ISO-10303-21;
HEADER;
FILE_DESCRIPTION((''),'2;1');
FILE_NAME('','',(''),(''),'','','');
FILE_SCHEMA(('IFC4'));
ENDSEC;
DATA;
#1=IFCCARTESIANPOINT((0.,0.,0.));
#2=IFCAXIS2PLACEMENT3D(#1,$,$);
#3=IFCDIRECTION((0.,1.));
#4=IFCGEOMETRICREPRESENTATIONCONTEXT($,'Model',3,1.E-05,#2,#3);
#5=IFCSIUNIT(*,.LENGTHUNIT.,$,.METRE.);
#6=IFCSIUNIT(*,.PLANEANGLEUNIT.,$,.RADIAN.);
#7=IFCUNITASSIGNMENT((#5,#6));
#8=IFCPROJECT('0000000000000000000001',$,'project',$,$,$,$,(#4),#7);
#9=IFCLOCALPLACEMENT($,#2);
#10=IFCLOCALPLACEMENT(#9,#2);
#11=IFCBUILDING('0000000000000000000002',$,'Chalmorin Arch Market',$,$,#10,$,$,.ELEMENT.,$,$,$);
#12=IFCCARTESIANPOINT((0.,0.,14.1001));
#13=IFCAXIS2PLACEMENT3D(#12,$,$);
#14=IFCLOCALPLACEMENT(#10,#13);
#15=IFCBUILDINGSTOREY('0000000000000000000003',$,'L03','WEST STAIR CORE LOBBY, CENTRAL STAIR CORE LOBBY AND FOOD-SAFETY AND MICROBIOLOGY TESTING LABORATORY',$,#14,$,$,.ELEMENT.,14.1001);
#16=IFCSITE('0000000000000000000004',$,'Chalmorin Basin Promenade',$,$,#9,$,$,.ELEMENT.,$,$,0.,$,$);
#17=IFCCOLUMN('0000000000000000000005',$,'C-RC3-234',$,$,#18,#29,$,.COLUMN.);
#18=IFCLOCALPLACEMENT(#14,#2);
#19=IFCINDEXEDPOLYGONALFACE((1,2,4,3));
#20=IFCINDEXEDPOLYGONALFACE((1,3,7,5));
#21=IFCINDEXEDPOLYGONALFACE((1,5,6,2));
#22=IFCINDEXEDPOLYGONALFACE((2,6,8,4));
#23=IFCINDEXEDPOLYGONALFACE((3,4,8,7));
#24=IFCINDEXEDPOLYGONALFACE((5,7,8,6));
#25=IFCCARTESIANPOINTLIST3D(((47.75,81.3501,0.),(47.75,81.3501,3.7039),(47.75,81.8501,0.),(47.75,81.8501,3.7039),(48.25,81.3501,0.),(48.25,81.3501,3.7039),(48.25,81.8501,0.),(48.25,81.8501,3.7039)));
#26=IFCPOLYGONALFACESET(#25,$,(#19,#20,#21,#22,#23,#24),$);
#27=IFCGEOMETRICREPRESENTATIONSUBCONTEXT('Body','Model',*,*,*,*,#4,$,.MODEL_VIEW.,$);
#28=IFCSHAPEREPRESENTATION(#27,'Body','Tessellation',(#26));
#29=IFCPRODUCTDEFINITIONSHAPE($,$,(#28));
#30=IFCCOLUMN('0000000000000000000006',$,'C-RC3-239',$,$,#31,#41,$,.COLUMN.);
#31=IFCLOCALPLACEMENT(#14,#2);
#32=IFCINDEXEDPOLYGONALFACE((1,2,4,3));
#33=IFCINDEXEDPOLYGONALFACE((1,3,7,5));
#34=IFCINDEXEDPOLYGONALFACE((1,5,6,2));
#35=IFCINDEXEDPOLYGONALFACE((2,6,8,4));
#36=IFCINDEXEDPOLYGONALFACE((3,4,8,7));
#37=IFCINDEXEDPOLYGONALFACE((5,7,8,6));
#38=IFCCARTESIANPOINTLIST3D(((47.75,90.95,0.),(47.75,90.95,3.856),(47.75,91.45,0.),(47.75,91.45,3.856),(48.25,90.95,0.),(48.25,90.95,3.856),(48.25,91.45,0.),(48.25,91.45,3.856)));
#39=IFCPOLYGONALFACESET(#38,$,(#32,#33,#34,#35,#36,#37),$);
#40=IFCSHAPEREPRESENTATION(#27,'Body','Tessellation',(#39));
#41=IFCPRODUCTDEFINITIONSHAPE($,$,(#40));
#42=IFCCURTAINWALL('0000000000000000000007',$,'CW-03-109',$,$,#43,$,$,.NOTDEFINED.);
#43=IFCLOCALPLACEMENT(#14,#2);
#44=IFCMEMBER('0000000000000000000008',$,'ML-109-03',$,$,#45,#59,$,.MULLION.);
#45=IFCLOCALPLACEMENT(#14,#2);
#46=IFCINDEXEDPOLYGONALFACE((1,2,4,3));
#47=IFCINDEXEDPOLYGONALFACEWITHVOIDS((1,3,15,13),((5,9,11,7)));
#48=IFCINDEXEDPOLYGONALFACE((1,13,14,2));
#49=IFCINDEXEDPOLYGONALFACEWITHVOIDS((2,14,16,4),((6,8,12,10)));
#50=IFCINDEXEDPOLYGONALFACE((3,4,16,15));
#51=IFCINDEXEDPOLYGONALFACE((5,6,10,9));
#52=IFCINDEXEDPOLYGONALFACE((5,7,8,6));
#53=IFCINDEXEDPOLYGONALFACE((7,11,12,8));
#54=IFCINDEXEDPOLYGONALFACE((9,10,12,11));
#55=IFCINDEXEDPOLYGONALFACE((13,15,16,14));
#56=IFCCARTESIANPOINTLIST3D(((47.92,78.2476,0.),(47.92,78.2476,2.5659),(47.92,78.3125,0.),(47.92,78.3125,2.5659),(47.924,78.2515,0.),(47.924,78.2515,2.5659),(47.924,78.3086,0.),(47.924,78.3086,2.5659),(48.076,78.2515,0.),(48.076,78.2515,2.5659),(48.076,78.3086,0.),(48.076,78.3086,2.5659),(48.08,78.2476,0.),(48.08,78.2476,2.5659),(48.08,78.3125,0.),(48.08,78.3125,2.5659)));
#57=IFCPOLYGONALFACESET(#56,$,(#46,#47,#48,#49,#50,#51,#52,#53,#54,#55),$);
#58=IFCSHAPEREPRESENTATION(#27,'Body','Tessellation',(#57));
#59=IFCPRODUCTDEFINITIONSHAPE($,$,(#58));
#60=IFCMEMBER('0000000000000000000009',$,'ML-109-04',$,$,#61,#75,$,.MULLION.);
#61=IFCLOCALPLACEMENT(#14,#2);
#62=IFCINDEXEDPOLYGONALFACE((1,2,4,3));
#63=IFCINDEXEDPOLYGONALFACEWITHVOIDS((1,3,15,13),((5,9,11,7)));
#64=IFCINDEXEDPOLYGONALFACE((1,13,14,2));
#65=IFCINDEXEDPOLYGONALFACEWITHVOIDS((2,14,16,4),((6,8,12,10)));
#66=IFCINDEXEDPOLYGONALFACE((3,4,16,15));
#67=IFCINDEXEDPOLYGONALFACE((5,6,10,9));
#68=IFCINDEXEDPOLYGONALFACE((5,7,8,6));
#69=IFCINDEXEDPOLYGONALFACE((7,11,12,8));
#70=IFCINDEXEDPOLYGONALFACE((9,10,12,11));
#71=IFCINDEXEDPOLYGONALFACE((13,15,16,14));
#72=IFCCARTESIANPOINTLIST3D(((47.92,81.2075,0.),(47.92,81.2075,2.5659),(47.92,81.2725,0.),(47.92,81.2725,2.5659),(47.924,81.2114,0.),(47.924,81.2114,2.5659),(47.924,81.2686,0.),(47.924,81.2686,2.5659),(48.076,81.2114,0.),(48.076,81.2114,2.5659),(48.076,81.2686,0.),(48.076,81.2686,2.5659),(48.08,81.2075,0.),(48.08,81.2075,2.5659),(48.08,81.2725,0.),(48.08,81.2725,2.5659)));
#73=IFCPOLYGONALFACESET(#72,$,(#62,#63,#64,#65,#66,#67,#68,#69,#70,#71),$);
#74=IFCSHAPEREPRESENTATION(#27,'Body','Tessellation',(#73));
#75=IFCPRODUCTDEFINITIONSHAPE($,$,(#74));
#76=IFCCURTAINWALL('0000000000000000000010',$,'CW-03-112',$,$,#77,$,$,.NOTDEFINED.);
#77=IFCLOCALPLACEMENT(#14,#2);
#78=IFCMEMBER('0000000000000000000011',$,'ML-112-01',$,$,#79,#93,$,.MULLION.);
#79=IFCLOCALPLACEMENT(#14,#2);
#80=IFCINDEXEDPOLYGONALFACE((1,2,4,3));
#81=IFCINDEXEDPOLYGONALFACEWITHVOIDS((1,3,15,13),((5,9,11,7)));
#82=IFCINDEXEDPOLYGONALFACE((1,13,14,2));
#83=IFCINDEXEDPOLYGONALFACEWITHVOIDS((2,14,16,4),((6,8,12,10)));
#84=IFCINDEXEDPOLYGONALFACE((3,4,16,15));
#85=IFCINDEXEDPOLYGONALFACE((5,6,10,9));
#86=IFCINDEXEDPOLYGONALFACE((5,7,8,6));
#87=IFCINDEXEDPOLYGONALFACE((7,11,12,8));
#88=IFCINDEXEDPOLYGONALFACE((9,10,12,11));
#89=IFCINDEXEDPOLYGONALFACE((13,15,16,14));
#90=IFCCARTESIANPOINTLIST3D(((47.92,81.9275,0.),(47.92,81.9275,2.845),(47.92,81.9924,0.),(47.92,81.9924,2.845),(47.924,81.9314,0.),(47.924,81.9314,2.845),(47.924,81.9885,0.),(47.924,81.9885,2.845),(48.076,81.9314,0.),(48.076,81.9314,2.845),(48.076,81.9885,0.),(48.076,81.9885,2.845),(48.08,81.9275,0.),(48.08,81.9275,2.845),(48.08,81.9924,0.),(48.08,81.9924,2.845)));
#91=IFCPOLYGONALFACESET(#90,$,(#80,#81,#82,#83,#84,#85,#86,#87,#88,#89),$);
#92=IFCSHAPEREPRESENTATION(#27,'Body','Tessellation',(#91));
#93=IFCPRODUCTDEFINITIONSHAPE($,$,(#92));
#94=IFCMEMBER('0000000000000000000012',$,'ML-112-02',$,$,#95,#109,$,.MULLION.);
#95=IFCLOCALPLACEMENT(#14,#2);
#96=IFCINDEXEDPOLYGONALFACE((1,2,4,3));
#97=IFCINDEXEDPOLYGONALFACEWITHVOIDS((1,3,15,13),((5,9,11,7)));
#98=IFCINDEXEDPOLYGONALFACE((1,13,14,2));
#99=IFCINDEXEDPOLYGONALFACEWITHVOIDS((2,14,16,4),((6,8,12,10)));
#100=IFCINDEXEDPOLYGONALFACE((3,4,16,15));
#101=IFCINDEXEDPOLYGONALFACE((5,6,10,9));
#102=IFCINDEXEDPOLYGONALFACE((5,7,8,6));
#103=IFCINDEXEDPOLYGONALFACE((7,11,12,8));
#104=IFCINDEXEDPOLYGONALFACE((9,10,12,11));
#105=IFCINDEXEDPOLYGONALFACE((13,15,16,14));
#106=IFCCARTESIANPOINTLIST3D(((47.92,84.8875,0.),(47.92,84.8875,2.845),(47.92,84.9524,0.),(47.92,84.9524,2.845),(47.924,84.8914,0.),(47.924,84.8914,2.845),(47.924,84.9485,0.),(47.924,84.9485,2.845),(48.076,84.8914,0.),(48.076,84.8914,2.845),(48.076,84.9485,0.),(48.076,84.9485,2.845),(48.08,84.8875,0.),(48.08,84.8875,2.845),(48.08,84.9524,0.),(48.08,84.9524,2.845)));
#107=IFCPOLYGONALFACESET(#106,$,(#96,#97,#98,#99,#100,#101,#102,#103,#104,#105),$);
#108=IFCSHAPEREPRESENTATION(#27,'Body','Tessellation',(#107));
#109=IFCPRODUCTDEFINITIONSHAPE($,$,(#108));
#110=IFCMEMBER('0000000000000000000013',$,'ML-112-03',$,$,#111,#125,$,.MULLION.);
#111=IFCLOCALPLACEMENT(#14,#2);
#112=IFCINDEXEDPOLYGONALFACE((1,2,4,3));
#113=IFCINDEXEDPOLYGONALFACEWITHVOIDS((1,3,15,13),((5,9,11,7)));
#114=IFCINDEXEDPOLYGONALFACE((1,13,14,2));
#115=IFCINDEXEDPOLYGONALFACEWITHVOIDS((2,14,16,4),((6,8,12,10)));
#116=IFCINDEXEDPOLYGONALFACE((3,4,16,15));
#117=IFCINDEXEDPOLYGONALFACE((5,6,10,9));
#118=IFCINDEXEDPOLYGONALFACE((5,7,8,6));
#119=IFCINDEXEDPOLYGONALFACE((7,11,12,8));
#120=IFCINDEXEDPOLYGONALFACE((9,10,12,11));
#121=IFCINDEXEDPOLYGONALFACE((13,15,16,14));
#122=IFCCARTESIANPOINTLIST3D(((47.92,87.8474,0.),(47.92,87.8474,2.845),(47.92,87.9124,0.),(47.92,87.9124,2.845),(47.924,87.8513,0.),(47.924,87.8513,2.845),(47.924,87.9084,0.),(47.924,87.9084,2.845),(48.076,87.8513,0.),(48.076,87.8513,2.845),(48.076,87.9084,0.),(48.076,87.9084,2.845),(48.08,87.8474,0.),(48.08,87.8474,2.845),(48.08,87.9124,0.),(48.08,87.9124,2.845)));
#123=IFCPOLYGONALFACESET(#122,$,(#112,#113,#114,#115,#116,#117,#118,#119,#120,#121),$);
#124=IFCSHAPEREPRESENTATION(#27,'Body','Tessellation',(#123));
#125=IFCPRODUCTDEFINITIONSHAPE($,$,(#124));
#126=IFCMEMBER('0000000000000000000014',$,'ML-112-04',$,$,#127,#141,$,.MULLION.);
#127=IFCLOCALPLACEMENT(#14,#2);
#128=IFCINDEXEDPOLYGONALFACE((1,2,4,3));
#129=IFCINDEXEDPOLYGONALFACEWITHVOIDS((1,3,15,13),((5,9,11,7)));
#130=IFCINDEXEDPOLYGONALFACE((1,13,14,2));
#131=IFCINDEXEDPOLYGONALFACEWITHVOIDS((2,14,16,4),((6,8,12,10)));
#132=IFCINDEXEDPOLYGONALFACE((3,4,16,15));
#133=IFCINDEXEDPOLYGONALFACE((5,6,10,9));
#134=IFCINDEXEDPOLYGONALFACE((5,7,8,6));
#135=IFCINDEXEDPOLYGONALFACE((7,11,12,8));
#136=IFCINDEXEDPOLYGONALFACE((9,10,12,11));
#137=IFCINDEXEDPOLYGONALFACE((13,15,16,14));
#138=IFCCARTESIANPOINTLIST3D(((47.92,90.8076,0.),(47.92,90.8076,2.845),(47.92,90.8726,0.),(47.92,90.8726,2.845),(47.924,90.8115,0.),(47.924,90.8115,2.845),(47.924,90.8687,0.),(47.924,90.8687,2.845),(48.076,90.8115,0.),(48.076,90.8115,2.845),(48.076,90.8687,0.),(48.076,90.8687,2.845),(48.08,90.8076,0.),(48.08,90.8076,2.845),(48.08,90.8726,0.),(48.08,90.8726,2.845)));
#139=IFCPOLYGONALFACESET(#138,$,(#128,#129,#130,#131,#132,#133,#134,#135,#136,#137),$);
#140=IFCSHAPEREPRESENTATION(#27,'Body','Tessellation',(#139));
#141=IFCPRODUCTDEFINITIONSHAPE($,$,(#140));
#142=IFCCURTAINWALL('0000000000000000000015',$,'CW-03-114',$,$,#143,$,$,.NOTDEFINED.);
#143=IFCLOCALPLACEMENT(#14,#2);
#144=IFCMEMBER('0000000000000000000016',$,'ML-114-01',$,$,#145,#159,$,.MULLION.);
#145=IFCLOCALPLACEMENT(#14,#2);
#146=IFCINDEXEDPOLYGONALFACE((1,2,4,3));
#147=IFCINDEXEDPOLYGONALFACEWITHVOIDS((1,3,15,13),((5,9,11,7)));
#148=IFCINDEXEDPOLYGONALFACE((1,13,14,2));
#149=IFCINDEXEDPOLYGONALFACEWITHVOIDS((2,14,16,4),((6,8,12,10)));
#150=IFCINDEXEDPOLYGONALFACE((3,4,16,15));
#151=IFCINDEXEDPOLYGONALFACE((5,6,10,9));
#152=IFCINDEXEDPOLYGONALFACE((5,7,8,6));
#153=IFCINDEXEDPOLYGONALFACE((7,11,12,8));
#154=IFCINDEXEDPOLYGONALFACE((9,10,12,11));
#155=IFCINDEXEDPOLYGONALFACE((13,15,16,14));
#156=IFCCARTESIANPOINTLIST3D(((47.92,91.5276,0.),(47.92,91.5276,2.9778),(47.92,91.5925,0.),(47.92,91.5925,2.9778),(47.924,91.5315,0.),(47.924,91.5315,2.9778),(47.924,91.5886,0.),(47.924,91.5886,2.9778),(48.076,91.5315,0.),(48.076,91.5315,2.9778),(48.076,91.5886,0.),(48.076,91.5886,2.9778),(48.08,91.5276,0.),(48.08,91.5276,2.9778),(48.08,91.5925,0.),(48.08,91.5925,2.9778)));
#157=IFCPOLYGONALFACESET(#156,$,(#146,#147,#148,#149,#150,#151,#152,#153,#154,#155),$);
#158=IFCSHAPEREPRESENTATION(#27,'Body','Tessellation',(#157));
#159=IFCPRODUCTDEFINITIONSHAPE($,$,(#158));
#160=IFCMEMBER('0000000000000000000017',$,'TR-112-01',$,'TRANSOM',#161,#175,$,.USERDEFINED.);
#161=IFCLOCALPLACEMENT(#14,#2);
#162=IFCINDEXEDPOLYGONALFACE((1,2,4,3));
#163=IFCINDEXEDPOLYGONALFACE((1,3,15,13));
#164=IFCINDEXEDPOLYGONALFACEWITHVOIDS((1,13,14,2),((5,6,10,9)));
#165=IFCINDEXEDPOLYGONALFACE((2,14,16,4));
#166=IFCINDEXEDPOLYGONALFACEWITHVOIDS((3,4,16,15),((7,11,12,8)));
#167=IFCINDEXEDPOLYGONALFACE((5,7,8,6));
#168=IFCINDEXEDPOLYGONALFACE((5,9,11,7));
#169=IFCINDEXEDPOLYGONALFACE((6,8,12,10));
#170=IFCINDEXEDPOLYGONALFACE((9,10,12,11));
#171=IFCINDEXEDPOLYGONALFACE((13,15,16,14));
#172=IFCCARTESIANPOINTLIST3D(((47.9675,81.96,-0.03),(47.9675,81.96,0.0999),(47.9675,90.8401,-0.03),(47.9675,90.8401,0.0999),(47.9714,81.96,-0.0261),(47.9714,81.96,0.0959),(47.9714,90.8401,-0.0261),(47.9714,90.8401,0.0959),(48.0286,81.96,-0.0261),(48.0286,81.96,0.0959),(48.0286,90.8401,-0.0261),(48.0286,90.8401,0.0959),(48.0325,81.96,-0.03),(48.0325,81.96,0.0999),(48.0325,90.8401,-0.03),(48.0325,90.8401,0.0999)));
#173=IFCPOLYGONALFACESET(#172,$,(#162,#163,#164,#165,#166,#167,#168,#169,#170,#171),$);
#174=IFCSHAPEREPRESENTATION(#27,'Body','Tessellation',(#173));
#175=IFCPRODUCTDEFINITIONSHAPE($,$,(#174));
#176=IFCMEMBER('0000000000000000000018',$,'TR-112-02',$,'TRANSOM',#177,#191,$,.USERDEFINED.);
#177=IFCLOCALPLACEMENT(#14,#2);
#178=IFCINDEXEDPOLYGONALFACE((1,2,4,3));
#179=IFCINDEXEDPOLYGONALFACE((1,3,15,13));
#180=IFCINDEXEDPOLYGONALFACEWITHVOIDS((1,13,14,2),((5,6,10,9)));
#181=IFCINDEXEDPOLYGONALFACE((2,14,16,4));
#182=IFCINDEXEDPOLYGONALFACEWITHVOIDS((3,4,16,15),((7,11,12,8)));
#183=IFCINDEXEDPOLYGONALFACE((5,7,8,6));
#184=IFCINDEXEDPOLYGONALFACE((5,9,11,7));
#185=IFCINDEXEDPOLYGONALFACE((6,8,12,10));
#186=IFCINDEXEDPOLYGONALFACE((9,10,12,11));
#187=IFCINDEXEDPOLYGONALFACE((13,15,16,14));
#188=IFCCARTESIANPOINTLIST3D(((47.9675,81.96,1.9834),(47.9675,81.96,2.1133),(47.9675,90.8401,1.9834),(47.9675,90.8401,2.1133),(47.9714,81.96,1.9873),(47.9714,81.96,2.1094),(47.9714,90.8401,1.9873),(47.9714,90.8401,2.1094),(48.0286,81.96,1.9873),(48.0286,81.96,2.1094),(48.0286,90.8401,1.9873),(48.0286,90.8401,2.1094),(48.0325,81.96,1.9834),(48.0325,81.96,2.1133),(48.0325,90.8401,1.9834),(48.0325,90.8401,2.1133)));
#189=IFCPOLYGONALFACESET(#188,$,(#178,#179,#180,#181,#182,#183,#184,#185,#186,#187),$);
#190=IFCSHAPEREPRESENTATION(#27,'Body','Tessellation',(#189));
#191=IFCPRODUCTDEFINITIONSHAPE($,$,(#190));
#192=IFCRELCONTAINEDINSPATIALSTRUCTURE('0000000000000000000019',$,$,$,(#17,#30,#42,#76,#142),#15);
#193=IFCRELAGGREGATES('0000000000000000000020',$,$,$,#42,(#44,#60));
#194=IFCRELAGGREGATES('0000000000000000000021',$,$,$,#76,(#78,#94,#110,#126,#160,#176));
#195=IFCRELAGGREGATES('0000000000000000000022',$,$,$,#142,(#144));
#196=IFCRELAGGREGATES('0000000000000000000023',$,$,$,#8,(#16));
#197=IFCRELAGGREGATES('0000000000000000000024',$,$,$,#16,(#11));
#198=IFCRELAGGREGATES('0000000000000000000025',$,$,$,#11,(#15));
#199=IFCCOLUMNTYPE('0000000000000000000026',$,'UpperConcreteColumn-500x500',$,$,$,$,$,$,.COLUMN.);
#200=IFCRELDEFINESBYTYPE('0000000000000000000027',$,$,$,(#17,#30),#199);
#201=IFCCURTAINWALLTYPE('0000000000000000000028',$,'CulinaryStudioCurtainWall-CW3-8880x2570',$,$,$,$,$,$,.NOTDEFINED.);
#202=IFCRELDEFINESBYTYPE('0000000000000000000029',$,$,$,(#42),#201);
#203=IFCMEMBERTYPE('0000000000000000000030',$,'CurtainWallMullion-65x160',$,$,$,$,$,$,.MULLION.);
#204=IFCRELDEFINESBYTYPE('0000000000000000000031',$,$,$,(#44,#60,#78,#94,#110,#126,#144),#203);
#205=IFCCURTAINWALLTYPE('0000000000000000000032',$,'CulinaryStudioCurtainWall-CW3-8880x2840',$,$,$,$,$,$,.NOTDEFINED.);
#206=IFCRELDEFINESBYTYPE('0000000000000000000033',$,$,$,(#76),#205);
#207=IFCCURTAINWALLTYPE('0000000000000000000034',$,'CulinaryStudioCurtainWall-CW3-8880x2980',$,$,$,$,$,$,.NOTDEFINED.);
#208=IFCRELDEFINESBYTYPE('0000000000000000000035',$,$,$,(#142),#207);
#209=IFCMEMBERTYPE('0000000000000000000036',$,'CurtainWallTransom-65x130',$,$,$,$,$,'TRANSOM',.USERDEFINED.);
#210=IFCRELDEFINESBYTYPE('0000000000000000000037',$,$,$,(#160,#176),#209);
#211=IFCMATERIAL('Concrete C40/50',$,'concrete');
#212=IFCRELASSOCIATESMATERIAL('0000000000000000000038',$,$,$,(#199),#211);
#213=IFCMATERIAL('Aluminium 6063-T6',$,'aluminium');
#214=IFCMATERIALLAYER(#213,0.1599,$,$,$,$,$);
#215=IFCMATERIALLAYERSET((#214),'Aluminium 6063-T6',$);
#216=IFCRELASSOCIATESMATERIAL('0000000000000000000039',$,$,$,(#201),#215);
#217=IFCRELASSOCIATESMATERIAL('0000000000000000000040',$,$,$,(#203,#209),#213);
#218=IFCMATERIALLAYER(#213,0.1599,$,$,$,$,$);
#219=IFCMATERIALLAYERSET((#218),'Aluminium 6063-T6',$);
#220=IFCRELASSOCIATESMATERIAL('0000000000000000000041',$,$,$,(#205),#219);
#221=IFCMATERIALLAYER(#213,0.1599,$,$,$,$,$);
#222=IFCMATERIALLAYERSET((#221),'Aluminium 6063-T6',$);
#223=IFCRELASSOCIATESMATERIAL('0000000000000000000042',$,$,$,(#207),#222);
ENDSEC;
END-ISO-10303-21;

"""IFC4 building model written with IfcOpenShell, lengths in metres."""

from ifc_helpers import new_model, si_unit, direction, frame, origin, origin_2d, place, context, subcontext, project, spatial, rectangle, hollow_rectangle, extrude, material, layer, layer_set, material_profile, profile_set, type_object, element, aggregate, save


model = new_model("IFC4")

# Units and contexts
model_context = context("Model", 3, precision=1e-05, world=origin(), true_north=direction((0.0, 1.0)))
body_context = subcontext(model_context, "Body", "Model", "MODEL_VIEW")
ifc_project = project(units=[si_unit("LENGTHUNIT", "METRE"), si_unit("PLANEANGLEUNIT", "RADIAN")], contexts=[model_context])

# Site, building, storey
site_placement = place(None, origin())
site = spatial("IfcSite", under=ifc_project, at=site_placement, Name="Chalmorin Basin Promenade", CompositionType="ELEMENT", RefElevation=0.0)
building_placement = place(site_placement, origin())
building = spatial("IfcBuilding", under=site, at=building_placement, Name="Chalmorin Arch Market", CompositionType="ELEMENT")
storey_placement = place(building_placement, frame((0.0, 0.0, 14.1001)))
storey = spatial("IfcBuildingStorey", under=building, at=storey_placement, Name="L03", Description="WEST STAIR CORE LOBBY, CENTRAL STAIR CORE LOBBY AND FOOD-SAFETY AND MICROBIOLOGY TESTING LABORATORY", CompositionType="ELEMENT", Elevation=14.1001)

# Columns
ifc_material_1 = material(Name="Concrete C40/50", Category="concrete")
ifc_material_profile_1 = material_profile(ifc_material_1, rectangle(XDim=0.5, YDim=0.5, at=origin_2d()), Name="RC500X500")
ifc_profile_set_1 = profile_set([ifc_material_profile_1], Name="Concrete C40/50")
column_type = type_object("IfcColumnType", Name="UpperConcreteColumn-500x500", PredefinedType="COLUMN", material=ifc_profile_set_1)
column_1_placement = place(storey_placement, frame((48.0, 81.6001, 0.0), z_axis=(0.0, 0.0, 1.0), x_axis=(1.0, 0.0, 0.0)))
element("IfcColumn", 1, at=column_1_placement, inside=storey, type_object=column_type, Name="C-RC3-234", PredefinedType="COLUMN", context=body_context, shape_type="SweptSolid", body=[
    extrude(rectangle(XDim=0.5, YDim=0.5, at=origin_2d()), origin(), (0.0, 0.0, 1.0), 3.7039),
])
column_2_placement = place(storey_placement, frame((48.0, 91.2, 0.0), z_axis=(0.0, 0.0, 1.0), x_axis=(1.0, 0.0, 0.0)))
element("IfcColumn", 2, at=column_2_placement, inside=storey, type_object=column_type, Name="C-RC3-239", PredefinedType="COLUMN", context=body_context, shape_type="SweptSolid", body=[
    extrude(rectangle(XDim=0.5, YDim=0.5, at=origin_2d()), origin(), (0.0, 0.0, 1.0), 3.856),
])

# Curtain walls, members
ifc_material_2 = material(Name="Aluminium 6063-T6", Category="aluminium")
ifc_layer_1 = layer(ifc_material_2, 0.1599)
ifc_layer_set_1 = layer_set([ifc_layer_1], Name="Aluminium 6063-T6")
curtain_wall_type_1 = type_object("IfcCurtainWallType", Name="CulinaryStudioCurtainWall-CW3-8880x2570", PredefinedType="NOTDEFINED", material=ifc_layer_set_1)
curtain_wall_1_placement = place(storey_placement, origin())
curtain_wall_1 = element("IfcCurtainWall", 3, at=curtain_wall_1_placement, inside=storey, type_object=curtain_wall_type_1, Name="CW-03-109", PredefinedType="NOTDEFINED")
ifc_material_profile_2 = material_profile(ifc_material_2, hollow_rectangle(XDim=0.0649, YDim=0.1599, WallThickness=0.0039, at=origin_2d()), Name="ALU65X160X4")
ifc_profile_set_2 = profile_set([ifc_material_profile_2], Name="Aluminium 6063-T6")
member_type_1 = type_object("IfcMemberType", Name="CurtainWallMullion-65x160", PredefinedType="MULLION", material=ifc_profile_set_2)
member_1_placement = place(storey_placement, frame((48.0, 78.28, 0.0), z_axis=(0.0, 0.0, 1.0), x_axis=(0.0, 1.0, 0.0)))
member_1 = element("IfcMember", 4, at=member_1_placement, type_object=member_type_1, Name="ML-109-03", PredefinedType="MULLION", context=body_context, shape_type="SweptSolid", body=[
    extrude(hollow_rectangle(XDim=0.0649, YDim=0.1599, WallThickness=0.0039, at=origin_2d()), origin(), (0.0, 0.0, 1.0), 2.5659),
])
member_2_placement = place(storey_placement, frame((48.0, 81.24, 0.0), z_axis=(0.0, 0.0, 1.0), x_axis=(0.0, 1.0, 0.0)))
member_2 = element("IfcMember", 5, at=member_2_placement, type_object=member_type_1, Name="ML-109-04", PredefinedType="MULLION", context=body_context, shape_type="SweptSolid", body=[
    extrude(hollow_rectangle(XDim=0.0649, YDim=0.1599, WallThickness=0.0039, at=origin_2d()), origin(), (0.0, 0.0, 1.0), 2.5659),
])
ifc_layer_2 = layer(ifc_material_2, 0.1599)
ifc_layer_set_2 = layer_set([ifc_layer_2], Name="Aluminium 6063-T6")
curtain_wall_type_2 = type_object("IfcCurtainWallType", Name="CulinaryStudioCurtainWall-CW3-8880x2840", PredefinedType="NOTDEFINED", material=ifc_layer_set_2)
curtain_wall_2_placement = place(storey_placement, origin())
curtain_wall_2 = element("IfcCurtainWall", 6, at=curtain_wall_2_placement, inside=storey, type_object=curtain_wall_type_2, Name="CW-03-112", PredefinedType="NOTDEFINED")
member_3_placement = place(storey_placement, frame((48.0, 81.96, 0.0), z_axis=(0.0, 0.0, 1.0), x_axis=(0.0, 1.0, 0.0)))
member_3 = element("IfcMember", 7, at=member_3_placement, type_object=member_type_1, Name="ML-112-01", PredefinedType="MULLION", context=body_context, shape_type="SweptSolid", body=[
    extrude(hollow_rectangle(XDim=0.0649, YDim=0.1599, WallThickness=0.0039, at=origin_2d()), origin(), (0.0, 0.0, 1.0), 2.845),
])
member_4_placement = place(storey_placement, frame((48.0, 84.9199, 0.0), z_axis=(0.0, 0.0, 1.0), x_axis=(0.0, 1.0, 0.0)))
member_4 = element("IfcMember", 8, at=member_4_placement, type_object=member_type_1, Name="ML-112-02", PredefinedType="MULLION", context=body_context, shape_type="SweptSolid", body=[
    extrude(hollow_rectangle(XDim=0.0649, YDim=0.1599, WallThickness=0.0039, at=origin_2d()), origin(), (0.0, 0.0, 1.0), 2.845),
])
member_5_placement = place(storey_placement, frame((48.0, 87.8799, 0.0), z_axis=(0.0, 0.0, 1.0), x_axis=(0.0, 1.0, 0.0)))
member_5 = element("IfcMember", 9, at=member_5_placement, type_object=member_type_1, Name="ML-112-03", PredefinedType="MULLION", context=body_context, shape_type="SweptSolid", body=[
    extrude(hollow_rectangle(XDim=0.0649, YDim=0.1599, WallThickness=0.0039, at=origin_2d()), origin(), (0.0, 0.0, 1.0), 2.845),
])
member_6_placement = place(storey_placement, frame((48.0, 90.8401, 0.0), z_axis=(0.0, 0.0, 1.0), x_axis=(0.0, 1.0, 0.0)))
member_6 = element("IfcMember", 10, at=member_6_placement, type_object=member_type_1, Name="ML-112-04", PredefinedType="MULLION", context=body_context, shape_type="SweptSolid", body=[
    extrude(hollow_rectangle(XDim=0.0649, YDim=0.1599, WallThickness=0.0039, at=origin_2d()), origin(), (0.0, 0.0, 1.0), 2.845),
])

# Curtain wall, member
ifc_layer_3 = layer(ifc_material_2, 0.1599)
ifc_layer_set_3 = layer_set([ifc_layer_3], Name="Aluminium 6063-T6")
curtain_wall_type_3 = type_object("IfcCurtainWallType", Name="CulinaryStudioCurtainWall-CW3-8880x2980", PredefinedType="NOTDEFINED", material=ifc_layer_set_3)
curtain_wall_3_placement = place(storey_placement, origin())
curtain_wall_3 = element("IfcCurtainWall", 11, at=curtain_wall_3_placement, inside=storey, type_object=curtain_wall_type_3, Name="CW-03-114", PredefinedType="NOTDEFINED")
member_7_placement = place(storey_placement, frame((48.0, 91.5601, 0.0), z_axis=(0.0, 0.0, 1.0), x_axis=(0.0, 1.0, 0.0)))
member_7 = element("IfcMember", 12, at=member_7_placement, type_object=member_type_1, Name="ML-114-01", PredefinedType="MULLION", context=body_context, shape_type="SweptSolid", body=[
    extrude(hollow_rectangle(XDim=0.0649, YDim=0.1599, WallThickness=0.0039, at=origin_2d()), origin(), (0.0, 0.0, 1.0), 2.9778),
])

# Members
ifc_material_profile_3 = material_profile(ifc_material_2, hollow_rectangle(XDim=0.0649, YDim=0.1299, WallThickness=0.0039, at=origin_2d()), Name="ALU65X130X4")
ifc_profile_set_3 = profile_set([ifc_material_profile_3], Name="Aluminium 6063-T6")
member_type_2 = type_object("IfcMemberType", Name="CurtainWallTransom-65x130", ElementType="TRANSOM", PredefinedType="USERDEFINED", material=ifc_profile_set_3)
member_8_placement = place(storey_placement, frame((48.0, 81.96, 0.0349), z_axis=(0.0, 1.0, 0.0), x_axis=(-1.0, 0.0, 0.0)))
member_8 = element("IfcMember", 13, at=member_8_placement, type_object=member_type_2, Name="TR-112-01", ObjectType="TRANSOM", PredefinedType="USERDEFINED", context=body_context, shape_type="SweptSolid", body=[
    extrude(hollow_rectangle(XDim=0.0649, YDim=0.1299, WallThickness=0.0039, at=origin_2d()), origin(), (0.0, 0.0, 1.0), 8.8801),
])
member_9_placement = place(storey_placement, frame((48.0, 81.96, 2.0483), z_axis=(0.0, 1.0, 0.0), x_axis=(-1.0, 0.0, 0.0)))
member_9 = element("IfcMember", 14, at=member_9_placement, type_object=member_type_2, Name="TR-112-02", ObjectType="TRANSOM", PredefinedType="USERDEFINED", context=body_context, shape_type="SweptSolid", body=[
    extrude(hollow_rectangle(XDim=0.0649, YDim=0.1299, WallThickness=0.0039, at=origin_2d()), origin(), (0.0, 0.0, 1.0), 8.8801),
])

aggregate(curtain_wall_1, [member_1, member_2])
aggregate(curtain_wall_2, [member_3, member_4, member_5, member_6, member_8, member_9])
aggregate(curtain_wall_3, [member_7])

save(model, "model.ifc")
